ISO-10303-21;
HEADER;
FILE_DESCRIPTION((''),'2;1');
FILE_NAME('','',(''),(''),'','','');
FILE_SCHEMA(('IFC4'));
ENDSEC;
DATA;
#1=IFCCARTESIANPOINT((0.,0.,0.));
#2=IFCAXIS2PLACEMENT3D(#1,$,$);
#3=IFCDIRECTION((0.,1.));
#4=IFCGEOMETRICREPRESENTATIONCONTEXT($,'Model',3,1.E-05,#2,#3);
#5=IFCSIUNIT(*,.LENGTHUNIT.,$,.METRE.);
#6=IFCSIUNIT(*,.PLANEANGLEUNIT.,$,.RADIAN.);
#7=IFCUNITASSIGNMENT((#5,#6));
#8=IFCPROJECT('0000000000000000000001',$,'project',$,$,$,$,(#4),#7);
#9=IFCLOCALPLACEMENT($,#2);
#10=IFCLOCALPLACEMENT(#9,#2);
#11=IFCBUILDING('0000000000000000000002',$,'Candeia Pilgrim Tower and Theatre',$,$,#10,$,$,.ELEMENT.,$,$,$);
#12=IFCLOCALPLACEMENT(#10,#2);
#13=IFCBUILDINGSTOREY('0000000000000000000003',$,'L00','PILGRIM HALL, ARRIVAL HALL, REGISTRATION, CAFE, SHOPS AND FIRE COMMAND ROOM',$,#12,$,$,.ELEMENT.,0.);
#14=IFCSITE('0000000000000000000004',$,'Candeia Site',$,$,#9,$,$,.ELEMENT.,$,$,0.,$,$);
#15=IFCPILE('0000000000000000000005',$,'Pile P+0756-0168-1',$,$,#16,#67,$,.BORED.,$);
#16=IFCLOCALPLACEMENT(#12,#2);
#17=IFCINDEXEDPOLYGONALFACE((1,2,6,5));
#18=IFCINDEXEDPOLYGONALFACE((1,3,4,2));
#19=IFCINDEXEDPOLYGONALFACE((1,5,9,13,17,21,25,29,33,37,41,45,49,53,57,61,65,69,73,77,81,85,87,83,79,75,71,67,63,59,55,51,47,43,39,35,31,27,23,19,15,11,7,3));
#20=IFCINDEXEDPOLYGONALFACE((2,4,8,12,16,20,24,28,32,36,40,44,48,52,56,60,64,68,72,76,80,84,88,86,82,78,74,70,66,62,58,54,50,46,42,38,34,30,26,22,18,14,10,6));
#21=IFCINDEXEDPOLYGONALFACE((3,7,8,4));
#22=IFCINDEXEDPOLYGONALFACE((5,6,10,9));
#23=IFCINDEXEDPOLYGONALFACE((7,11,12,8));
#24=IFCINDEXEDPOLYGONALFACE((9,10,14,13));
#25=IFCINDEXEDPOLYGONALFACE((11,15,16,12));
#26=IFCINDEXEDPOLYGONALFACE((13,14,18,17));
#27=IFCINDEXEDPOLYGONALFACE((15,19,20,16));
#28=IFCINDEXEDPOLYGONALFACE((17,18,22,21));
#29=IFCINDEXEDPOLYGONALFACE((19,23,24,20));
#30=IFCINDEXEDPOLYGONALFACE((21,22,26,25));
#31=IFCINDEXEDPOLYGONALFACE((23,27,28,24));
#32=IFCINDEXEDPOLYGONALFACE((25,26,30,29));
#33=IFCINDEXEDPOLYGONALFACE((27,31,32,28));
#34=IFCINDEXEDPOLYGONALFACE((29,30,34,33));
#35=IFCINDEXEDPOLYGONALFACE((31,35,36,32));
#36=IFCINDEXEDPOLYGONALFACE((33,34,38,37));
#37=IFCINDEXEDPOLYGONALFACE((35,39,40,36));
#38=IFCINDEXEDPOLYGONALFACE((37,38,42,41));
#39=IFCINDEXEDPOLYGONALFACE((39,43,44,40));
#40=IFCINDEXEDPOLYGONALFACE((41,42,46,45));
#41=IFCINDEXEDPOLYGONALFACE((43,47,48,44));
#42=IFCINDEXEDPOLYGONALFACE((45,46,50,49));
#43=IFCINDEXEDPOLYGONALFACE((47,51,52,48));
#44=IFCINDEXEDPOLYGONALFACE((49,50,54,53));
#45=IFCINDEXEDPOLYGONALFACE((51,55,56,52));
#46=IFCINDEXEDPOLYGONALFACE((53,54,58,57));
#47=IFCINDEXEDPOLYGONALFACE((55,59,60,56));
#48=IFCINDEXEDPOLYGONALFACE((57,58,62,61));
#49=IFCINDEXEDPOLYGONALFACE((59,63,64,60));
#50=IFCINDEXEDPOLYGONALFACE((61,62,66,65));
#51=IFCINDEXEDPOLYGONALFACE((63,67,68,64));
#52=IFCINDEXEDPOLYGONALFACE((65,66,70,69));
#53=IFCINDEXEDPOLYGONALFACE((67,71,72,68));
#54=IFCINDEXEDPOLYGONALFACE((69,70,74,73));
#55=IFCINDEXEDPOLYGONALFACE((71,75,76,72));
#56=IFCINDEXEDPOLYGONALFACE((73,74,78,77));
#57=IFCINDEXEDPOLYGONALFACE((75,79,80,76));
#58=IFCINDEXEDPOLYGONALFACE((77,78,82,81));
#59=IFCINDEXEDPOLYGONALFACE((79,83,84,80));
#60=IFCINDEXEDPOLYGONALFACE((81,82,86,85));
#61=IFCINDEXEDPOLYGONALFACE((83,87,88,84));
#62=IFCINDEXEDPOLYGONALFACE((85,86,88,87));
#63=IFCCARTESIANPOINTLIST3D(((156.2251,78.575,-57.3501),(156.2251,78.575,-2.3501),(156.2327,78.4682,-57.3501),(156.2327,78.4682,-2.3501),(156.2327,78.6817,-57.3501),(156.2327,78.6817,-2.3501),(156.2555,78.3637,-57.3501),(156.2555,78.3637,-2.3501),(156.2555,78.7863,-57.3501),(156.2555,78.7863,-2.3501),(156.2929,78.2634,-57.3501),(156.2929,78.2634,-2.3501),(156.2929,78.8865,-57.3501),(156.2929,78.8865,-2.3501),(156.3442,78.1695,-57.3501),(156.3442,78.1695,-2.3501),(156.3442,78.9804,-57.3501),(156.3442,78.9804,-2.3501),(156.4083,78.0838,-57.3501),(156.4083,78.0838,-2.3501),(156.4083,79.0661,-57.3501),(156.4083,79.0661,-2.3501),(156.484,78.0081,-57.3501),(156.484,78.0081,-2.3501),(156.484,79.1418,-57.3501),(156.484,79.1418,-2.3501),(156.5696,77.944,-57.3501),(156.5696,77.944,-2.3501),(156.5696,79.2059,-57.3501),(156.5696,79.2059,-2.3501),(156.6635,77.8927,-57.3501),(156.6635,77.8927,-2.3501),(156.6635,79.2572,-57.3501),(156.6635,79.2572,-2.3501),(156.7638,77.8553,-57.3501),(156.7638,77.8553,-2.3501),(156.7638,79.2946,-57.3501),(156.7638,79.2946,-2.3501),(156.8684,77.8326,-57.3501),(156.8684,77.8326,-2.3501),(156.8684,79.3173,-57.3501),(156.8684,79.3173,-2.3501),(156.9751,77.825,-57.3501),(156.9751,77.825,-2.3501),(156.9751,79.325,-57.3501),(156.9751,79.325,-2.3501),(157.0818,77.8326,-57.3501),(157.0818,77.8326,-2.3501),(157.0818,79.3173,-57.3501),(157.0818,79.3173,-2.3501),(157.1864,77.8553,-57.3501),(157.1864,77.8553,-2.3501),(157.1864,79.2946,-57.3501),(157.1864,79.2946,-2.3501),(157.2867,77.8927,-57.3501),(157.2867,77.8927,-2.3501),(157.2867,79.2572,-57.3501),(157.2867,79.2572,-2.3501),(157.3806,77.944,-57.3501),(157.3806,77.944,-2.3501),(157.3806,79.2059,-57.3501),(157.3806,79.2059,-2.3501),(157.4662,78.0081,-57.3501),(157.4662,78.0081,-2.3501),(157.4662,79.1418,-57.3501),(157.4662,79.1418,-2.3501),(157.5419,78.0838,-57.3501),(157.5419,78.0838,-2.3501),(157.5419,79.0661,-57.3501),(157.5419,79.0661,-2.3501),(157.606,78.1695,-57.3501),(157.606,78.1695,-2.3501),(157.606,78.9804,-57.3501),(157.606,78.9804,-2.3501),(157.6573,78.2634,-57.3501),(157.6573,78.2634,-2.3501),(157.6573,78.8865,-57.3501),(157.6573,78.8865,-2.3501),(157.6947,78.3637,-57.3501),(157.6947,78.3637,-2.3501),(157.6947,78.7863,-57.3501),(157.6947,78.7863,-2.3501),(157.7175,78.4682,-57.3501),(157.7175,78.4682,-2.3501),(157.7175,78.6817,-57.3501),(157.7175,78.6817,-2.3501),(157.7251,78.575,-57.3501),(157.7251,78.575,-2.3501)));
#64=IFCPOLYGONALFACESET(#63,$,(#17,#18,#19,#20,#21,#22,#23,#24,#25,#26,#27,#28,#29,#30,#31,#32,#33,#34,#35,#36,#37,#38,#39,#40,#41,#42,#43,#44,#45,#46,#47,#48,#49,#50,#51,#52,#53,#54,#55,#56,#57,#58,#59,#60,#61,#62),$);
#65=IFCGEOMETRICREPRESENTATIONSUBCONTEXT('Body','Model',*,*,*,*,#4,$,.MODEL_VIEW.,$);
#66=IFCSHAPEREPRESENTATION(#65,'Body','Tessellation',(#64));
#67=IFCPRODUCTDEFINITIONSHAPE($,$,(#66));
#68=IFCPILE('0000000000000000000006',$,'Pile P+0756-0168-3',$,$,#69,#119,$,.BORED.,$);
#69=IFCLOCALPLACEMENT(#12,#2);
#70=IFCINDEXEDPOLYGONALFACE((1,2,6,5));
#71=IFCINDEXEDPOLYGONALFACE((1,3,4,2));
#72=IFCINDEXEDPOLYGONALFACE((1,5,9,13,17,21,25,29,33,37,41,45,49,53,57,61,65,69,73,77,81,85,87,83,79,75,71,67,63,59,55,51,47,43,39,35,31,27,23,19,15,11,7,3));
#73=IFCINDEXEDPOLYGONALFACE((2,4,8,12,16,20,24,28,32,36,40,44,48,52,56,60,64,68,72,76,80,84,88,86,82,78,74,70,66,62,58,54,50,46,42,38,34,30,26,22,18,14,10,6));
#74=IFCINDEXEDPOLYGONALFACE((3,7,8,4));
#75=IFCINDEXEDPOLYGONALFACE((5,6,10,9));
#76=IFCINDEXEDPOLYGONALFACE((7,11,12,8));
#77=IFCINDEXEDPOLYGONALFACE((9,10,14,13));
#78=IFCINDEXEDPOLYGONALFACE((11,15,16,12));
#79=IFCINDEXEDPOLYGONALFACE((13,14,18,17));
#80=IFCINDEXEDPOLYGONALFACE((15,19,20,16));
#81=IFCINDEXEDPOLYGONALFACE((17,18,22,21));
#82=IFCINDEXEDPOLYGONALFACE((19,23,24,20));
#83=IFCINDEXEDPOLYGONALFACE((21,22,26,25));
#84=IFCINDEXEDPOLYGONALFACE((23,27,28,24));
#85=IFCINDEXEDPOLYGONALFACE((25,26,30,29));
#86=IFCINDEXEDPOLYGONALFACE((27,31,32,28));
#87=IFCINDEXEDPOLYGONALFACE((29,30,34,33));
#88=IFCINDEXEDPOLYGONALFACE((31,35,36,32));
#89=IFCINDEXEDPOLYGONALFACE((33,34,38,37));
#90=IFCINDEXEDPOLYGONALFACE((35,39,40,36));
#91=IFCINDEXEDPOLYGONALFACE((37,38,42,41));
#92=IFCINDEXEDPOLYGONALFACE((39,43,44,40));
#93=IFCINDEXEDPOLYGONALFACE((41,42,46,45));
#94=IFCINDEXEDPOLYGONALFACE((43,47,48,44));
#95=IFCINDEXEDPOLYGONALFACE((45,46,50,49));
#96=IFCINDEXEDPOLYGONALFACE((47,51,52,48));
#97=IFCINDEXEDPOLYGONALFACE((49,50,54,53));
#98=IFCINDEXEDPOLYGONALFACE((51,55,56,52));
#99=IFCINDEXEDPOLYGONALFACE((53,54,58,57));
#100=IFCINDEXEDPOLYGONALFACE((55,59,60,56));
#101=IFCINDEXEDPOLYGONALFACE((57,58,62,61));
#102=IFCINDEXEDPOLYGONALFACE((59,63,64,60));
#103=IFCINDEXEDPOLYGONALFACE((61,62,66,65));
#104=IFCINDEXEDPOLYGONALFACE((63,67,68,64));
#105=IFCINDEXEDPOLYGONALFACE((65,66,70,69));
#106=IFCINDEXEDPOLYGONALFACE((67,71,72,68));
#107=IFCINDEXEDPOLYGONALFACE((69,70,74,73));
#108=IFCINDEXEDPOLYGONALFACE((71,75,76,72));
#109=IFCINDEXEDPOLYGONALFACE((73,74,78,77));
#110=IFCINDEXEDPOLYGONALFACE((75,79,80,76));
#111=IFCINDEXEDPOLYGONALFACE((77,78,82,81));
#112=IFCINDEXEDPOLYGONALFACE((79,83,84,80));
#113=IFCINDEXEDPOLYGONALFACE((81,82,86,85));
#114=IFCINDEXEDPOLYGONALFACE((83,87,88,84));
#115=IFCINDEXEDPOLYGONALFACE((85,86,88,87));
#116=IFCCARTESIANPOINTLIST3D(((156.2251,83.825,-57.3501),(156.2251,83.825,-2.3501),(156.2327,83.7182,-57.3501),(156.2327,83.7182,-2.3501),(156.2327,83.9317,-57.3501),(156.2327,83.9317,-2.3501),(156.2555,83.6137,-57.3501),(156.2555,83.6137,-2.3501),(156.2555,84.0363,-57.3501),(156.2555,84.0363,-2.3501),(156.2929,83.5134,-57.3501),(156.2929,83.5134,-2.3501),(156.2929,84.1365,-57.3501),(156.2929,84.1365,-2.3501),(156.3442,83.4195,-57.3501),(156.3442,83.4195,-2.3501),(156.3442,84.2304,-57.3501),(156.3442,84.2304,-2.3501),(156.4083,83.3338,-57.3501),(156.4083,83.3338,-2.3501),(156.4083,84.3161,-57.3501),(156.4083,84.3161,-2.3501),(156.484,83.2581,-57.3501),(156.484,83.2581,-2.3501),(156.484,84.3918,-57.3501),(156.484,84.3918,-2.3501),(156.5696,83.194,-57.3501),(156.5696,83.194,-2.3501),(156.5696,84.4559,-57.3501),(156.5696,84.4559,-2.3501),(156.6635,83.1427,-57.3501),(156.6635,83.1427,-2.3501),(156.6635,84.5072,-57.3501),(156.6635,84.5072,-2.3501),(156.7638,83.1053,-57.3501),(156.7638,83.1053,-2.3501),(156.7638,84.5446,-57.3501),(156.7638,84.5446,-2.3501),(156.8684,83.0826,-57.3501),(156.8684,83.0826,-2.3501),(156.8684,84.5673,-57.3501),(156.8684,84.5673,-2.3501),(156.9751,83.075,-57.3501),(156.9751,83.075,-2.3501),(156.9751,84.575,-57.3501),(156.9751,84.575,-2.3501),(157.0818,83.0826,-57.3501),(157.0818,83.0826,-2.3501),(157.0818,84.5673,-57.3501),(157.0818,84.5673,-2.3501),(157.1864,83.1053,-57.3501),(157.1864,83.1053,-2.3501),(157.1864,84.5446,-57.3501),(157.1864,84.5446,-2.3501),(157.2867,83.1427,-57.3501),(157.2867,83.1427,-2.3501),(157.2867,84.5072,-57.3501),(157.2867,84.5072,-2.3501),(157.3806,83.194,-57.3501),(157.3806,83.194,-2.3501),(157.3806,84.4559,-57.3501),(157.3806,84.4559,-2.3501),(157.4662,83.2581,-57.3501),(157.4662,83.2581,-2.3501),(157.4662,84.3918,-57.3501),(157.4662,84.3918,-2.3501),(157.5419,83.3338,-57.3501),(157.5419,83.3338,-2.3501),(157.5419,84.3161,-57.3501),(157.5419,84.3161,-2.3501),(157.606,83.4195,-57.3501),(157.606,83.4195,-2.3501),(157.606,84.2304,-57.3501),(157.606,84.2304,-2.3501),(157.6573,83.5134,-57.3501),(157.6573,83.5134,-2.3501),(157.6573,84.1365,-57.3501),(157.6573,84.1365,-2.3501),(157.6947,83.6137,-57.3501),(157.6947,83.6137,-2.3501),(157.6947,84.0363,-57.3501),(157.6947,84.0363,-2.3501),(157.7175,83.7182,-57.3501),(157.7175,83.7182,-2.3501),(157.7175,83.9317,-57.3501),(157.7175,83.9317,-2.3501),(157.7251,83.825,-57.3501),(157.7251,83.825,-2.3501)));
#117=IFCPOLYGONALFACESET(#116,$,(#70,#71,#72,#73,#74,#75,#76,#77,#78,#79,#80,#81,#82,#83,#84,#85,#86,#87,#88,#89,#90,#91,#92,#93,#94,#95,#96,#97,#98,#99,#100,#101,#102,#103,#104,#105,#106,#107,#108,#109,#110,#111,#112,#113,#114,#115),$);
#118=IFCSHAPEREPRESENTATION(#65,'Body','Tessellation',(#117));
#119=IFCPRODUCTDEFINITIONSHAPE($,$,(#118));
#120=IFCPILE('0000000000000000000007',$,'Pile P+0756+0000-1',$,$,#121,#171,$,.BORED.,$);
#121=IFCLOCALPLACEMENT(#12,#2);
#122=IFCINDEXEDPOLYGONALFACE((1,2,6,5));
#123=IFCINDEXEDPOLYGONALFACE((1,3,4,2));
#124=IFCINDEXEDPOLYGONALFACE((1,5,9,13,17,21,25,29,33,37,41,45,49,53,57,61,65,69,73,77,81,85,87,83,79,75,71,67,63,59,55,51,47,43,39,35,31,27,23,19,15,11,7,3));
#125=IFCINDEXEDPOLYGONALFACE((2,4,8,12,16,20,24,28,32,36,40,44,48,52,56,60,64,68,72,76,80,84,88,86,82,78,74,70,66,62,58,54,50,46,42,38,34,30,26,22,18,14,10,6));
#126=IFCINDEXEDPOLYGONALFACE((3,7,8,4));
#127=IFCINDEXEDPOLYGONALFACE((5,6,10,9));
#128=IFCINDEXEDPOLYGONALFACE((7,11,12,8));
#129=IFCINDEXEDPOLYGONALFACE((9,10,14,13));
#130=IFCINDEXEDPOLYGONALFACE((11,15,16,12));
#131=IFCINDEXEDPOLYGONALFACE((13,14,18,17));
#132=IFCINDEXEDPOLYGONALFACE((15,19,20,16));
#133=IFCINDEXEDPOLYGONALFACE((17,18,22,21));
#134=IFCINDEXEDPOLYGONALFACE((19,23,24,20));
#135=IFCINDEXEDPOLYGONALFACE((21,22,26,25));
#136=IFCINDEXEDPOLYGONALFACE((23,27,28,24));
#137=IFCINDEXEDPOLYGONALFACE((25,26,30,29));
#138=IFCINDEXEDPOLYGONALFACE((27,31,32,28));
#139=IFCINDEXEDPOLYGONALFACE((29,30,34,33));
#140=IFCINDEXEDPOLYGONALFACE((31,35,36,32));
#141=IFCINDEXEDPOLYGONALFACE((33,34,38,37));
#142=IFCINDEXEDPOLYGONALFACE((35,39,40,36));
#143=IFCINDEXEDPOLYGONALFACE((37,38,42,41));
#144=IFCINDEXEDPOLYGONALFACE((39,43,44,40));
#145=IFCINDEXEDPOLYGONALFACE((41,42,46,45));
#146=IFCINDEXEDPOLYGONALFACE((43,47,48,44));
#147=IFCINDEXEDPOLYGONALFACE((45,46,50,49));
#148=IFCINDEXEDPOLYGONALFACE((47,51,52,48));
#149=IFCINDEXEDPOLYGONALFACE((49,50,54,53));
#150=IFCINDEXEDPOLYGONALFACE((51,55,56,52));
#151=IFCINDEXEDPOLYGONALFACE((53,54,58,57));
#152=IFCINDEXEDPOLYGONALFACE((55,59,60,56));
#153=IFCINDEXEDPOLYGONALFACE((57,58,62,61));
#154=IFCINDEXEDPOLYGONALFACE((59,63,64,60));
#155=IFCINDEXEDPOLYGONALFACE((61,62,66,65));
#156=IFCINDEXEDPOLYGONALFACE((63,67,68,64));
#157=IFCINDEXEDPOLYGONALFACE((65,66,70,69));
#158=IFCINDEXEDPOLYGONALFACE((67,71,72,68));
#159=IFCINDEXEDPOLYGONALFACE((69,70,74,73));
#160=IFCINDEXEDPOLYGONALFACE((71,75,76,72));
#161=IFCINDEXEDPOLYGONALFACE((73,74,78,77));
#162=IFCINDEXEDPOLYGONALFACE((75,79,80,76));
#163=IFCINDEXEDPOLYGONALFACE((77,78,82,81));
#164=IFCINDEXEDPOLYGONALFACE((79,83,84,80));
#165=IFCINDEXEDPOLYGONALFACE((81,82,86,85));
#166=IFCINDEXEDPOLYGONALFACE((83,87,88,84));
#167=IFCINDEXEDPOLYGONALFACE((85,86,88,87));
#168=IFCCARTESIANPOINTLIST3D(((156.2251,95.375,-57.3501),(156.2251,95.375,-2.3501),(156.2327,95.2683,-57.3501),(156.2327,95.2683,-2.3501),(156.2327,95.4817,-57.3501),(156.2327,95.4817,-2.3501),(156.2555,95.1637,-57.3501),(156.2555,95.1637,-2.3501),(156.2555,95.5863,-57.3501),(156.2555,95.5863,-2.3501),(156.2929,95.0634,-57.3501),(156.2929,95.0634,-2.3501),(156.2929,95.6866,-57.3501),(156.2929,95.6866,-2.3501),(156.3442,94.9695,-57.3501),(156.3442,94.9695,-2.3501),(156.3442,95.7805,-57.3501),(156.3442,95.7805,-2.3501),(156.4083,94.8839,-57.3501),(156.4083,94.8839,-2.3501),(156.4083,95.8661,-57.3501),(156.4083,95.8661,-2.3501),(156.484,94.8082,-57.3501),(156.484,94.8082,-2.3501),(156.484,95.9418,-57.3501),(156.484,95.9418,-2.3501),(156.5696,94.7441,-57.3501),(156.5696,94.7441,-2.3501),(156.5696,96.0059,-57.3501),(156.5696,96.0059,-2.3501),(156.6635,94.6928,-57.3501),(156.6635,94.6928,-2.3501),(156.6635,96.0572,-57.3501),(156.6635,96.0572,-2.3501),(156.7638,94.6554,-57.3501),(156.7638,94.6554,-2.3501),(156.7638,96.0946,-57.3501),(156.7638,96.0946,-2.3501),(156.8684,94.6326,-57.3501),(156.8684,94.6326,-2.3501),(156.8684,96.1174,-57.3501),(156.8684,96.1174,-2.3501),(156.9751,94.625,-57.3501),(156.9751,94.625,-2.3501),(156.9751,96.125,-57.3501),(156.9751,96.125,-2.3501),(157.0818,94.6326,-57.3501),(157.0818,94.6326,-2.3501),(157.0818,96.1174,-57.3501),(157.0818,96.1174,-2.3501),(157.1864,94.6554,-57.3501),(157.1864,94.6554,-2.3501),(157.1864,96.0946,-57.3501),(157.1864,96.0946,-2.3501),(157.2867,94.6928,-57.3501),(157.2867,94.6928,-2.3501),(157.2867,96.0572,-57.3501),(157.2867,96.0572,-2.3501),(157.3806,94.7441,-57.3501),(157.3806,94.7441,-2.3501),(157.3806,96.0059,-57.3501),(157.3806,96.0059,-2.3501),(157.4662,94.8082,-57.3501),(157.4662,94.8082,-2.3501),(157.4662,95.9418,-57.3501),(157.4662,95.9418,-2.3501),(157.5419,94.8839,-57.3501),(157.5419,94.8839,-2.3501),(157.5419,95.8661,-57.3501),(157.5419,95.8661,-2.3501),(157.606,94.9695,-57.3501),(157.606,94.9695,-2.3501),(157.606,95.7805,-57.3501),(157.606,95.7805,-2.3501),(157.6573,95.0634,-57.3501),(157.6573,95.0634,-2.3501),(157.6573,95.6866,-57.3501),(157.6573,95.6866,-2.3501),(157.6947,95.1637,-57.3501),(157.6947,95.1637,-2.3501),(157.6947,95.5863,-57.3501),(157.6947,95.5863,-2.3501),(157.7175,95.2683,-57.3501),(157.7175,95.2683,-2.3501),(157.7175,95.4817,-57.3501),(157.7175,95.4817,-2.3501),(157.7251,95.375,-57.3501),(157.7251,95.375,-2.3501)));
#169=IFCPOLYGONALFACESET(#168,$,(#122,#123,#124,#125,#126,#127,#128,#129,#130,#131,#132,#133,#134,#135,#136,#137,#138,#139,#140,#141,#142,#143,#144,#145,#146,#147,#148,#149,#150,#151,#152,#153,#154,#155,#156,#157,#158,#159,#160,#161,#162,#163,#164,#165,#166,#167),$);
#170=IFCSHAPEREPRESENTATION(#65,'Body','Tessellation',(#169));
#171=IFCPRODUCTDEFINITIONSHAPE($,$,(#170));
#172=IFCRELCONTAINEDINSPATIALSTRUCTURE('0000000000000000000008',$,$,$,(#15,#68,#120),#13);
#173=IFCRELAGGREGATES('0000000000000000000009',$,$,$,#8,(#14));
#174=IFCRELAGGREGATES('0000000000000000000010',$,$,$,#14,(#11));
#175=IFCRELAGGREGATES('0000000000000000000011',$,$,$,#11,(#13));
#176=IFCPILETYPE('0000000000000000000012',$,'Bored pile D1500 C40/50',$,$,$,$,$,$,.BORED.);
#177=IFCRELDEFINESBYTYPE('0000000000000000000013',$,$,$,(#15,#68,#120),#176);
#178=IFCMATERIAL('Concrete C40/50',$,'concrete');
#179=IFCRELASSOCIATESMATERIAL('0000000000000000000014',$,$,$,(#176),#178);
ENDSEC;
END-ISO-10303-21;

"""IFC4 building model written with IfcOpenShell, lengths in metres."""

from ifc_helpers import new_model, si_unit, direction, frame, origin, origin_2d, place, context, subcontext, project, spatial, circle, extrude, material, material_profile, profile_set, type_object, element, save


model = new_model("IFC4")

# Units and contexts
model_context = context("Model", 3, precision=1e-05, world=origin(), true_north=direction((0.0, 1.0)))
body_context = subcontext(model_context, "Body", "Model", "MODEL_VIEW")
ifc_project = project(units=[si_unit("LENGTHUNIT", "METRE"), si_unit("PLANEANGLEUNIT", "RADIAN")], contexts=[model_context])

# Site, building, storey
site_placement = place(None, origin())
site = spatial("IfcSite", under=ifc_project, at=site_placement, Name="Candeia Site", CompositionType="ELEMENT", RefElevation=0.0)
building_placement = place(site_placement, origin())
building = spatial("IfcBuilding", under=site, at=building_placement, Name="Candeia Pilgrim Tower and Theatre", CompositionType="ELEMENT")
storey_placement = place(building_placement, origin())
storey = spatial("IfcBuildingStorey", under=building, at=storey_placement, Name="L00", Description="PILGRIM HALL, ARRIVAL HALL, REGISTRATION, CAFE, SHOPS AND FIRE COMMAND ROOM", CompositionType="ELEMENT", Elevation=0.0)

# Piles
ifc_material_1 = material(Name="Concrete C40/50", Category="concrete")
ifc_material_profile_1 = material_profile(ifc_material_1, circle(Radius=0.75, at=origin_2d()))
ifc_profile_set_1 = profile_set([ifc_material_profile_1], Name="Concrete C40/50")
pile_type = type_object("IfcPileType", Name="Bored pile D1500 C40/50", PredefinedType="BORED", material=ifc_profile_set_1)
for number, where, z_axis, x_axis, name in (
    (1, (156.9751, 78.575, -2.3501), (0.0, 0.0, -1.0), (1.0, 0.0, 0.0), "Pile P+0756-0168-1"),
    (2, (156.9751, 83.825, -2.3501), (0.0, 0.0, -1.0), (1.0, 0.0, 0.0), "Pile P+0756-0168-3"),
    (3, (156.9751, 95.375, -2.3501), (0.0, 0.0, -1.0), (1.0, 0.0, 0.0), "Pile P+0756+0000-1"),
):
    element("IfcPile", number, at=place(storey_placement, frame(where, z_axis=z_axis, x_axis=x_axis)), inside=storey, type_object=pile_type, Name=name, PredefinedType="BORED", context=body_context, shape_type="SweptSolid", body=[
        extrude(circle(Radius=0.75, at=origin_2d()), origin(), (0.0, 0.0, 1.0), 55.0),
    ])

save(model, "model.ifc")
